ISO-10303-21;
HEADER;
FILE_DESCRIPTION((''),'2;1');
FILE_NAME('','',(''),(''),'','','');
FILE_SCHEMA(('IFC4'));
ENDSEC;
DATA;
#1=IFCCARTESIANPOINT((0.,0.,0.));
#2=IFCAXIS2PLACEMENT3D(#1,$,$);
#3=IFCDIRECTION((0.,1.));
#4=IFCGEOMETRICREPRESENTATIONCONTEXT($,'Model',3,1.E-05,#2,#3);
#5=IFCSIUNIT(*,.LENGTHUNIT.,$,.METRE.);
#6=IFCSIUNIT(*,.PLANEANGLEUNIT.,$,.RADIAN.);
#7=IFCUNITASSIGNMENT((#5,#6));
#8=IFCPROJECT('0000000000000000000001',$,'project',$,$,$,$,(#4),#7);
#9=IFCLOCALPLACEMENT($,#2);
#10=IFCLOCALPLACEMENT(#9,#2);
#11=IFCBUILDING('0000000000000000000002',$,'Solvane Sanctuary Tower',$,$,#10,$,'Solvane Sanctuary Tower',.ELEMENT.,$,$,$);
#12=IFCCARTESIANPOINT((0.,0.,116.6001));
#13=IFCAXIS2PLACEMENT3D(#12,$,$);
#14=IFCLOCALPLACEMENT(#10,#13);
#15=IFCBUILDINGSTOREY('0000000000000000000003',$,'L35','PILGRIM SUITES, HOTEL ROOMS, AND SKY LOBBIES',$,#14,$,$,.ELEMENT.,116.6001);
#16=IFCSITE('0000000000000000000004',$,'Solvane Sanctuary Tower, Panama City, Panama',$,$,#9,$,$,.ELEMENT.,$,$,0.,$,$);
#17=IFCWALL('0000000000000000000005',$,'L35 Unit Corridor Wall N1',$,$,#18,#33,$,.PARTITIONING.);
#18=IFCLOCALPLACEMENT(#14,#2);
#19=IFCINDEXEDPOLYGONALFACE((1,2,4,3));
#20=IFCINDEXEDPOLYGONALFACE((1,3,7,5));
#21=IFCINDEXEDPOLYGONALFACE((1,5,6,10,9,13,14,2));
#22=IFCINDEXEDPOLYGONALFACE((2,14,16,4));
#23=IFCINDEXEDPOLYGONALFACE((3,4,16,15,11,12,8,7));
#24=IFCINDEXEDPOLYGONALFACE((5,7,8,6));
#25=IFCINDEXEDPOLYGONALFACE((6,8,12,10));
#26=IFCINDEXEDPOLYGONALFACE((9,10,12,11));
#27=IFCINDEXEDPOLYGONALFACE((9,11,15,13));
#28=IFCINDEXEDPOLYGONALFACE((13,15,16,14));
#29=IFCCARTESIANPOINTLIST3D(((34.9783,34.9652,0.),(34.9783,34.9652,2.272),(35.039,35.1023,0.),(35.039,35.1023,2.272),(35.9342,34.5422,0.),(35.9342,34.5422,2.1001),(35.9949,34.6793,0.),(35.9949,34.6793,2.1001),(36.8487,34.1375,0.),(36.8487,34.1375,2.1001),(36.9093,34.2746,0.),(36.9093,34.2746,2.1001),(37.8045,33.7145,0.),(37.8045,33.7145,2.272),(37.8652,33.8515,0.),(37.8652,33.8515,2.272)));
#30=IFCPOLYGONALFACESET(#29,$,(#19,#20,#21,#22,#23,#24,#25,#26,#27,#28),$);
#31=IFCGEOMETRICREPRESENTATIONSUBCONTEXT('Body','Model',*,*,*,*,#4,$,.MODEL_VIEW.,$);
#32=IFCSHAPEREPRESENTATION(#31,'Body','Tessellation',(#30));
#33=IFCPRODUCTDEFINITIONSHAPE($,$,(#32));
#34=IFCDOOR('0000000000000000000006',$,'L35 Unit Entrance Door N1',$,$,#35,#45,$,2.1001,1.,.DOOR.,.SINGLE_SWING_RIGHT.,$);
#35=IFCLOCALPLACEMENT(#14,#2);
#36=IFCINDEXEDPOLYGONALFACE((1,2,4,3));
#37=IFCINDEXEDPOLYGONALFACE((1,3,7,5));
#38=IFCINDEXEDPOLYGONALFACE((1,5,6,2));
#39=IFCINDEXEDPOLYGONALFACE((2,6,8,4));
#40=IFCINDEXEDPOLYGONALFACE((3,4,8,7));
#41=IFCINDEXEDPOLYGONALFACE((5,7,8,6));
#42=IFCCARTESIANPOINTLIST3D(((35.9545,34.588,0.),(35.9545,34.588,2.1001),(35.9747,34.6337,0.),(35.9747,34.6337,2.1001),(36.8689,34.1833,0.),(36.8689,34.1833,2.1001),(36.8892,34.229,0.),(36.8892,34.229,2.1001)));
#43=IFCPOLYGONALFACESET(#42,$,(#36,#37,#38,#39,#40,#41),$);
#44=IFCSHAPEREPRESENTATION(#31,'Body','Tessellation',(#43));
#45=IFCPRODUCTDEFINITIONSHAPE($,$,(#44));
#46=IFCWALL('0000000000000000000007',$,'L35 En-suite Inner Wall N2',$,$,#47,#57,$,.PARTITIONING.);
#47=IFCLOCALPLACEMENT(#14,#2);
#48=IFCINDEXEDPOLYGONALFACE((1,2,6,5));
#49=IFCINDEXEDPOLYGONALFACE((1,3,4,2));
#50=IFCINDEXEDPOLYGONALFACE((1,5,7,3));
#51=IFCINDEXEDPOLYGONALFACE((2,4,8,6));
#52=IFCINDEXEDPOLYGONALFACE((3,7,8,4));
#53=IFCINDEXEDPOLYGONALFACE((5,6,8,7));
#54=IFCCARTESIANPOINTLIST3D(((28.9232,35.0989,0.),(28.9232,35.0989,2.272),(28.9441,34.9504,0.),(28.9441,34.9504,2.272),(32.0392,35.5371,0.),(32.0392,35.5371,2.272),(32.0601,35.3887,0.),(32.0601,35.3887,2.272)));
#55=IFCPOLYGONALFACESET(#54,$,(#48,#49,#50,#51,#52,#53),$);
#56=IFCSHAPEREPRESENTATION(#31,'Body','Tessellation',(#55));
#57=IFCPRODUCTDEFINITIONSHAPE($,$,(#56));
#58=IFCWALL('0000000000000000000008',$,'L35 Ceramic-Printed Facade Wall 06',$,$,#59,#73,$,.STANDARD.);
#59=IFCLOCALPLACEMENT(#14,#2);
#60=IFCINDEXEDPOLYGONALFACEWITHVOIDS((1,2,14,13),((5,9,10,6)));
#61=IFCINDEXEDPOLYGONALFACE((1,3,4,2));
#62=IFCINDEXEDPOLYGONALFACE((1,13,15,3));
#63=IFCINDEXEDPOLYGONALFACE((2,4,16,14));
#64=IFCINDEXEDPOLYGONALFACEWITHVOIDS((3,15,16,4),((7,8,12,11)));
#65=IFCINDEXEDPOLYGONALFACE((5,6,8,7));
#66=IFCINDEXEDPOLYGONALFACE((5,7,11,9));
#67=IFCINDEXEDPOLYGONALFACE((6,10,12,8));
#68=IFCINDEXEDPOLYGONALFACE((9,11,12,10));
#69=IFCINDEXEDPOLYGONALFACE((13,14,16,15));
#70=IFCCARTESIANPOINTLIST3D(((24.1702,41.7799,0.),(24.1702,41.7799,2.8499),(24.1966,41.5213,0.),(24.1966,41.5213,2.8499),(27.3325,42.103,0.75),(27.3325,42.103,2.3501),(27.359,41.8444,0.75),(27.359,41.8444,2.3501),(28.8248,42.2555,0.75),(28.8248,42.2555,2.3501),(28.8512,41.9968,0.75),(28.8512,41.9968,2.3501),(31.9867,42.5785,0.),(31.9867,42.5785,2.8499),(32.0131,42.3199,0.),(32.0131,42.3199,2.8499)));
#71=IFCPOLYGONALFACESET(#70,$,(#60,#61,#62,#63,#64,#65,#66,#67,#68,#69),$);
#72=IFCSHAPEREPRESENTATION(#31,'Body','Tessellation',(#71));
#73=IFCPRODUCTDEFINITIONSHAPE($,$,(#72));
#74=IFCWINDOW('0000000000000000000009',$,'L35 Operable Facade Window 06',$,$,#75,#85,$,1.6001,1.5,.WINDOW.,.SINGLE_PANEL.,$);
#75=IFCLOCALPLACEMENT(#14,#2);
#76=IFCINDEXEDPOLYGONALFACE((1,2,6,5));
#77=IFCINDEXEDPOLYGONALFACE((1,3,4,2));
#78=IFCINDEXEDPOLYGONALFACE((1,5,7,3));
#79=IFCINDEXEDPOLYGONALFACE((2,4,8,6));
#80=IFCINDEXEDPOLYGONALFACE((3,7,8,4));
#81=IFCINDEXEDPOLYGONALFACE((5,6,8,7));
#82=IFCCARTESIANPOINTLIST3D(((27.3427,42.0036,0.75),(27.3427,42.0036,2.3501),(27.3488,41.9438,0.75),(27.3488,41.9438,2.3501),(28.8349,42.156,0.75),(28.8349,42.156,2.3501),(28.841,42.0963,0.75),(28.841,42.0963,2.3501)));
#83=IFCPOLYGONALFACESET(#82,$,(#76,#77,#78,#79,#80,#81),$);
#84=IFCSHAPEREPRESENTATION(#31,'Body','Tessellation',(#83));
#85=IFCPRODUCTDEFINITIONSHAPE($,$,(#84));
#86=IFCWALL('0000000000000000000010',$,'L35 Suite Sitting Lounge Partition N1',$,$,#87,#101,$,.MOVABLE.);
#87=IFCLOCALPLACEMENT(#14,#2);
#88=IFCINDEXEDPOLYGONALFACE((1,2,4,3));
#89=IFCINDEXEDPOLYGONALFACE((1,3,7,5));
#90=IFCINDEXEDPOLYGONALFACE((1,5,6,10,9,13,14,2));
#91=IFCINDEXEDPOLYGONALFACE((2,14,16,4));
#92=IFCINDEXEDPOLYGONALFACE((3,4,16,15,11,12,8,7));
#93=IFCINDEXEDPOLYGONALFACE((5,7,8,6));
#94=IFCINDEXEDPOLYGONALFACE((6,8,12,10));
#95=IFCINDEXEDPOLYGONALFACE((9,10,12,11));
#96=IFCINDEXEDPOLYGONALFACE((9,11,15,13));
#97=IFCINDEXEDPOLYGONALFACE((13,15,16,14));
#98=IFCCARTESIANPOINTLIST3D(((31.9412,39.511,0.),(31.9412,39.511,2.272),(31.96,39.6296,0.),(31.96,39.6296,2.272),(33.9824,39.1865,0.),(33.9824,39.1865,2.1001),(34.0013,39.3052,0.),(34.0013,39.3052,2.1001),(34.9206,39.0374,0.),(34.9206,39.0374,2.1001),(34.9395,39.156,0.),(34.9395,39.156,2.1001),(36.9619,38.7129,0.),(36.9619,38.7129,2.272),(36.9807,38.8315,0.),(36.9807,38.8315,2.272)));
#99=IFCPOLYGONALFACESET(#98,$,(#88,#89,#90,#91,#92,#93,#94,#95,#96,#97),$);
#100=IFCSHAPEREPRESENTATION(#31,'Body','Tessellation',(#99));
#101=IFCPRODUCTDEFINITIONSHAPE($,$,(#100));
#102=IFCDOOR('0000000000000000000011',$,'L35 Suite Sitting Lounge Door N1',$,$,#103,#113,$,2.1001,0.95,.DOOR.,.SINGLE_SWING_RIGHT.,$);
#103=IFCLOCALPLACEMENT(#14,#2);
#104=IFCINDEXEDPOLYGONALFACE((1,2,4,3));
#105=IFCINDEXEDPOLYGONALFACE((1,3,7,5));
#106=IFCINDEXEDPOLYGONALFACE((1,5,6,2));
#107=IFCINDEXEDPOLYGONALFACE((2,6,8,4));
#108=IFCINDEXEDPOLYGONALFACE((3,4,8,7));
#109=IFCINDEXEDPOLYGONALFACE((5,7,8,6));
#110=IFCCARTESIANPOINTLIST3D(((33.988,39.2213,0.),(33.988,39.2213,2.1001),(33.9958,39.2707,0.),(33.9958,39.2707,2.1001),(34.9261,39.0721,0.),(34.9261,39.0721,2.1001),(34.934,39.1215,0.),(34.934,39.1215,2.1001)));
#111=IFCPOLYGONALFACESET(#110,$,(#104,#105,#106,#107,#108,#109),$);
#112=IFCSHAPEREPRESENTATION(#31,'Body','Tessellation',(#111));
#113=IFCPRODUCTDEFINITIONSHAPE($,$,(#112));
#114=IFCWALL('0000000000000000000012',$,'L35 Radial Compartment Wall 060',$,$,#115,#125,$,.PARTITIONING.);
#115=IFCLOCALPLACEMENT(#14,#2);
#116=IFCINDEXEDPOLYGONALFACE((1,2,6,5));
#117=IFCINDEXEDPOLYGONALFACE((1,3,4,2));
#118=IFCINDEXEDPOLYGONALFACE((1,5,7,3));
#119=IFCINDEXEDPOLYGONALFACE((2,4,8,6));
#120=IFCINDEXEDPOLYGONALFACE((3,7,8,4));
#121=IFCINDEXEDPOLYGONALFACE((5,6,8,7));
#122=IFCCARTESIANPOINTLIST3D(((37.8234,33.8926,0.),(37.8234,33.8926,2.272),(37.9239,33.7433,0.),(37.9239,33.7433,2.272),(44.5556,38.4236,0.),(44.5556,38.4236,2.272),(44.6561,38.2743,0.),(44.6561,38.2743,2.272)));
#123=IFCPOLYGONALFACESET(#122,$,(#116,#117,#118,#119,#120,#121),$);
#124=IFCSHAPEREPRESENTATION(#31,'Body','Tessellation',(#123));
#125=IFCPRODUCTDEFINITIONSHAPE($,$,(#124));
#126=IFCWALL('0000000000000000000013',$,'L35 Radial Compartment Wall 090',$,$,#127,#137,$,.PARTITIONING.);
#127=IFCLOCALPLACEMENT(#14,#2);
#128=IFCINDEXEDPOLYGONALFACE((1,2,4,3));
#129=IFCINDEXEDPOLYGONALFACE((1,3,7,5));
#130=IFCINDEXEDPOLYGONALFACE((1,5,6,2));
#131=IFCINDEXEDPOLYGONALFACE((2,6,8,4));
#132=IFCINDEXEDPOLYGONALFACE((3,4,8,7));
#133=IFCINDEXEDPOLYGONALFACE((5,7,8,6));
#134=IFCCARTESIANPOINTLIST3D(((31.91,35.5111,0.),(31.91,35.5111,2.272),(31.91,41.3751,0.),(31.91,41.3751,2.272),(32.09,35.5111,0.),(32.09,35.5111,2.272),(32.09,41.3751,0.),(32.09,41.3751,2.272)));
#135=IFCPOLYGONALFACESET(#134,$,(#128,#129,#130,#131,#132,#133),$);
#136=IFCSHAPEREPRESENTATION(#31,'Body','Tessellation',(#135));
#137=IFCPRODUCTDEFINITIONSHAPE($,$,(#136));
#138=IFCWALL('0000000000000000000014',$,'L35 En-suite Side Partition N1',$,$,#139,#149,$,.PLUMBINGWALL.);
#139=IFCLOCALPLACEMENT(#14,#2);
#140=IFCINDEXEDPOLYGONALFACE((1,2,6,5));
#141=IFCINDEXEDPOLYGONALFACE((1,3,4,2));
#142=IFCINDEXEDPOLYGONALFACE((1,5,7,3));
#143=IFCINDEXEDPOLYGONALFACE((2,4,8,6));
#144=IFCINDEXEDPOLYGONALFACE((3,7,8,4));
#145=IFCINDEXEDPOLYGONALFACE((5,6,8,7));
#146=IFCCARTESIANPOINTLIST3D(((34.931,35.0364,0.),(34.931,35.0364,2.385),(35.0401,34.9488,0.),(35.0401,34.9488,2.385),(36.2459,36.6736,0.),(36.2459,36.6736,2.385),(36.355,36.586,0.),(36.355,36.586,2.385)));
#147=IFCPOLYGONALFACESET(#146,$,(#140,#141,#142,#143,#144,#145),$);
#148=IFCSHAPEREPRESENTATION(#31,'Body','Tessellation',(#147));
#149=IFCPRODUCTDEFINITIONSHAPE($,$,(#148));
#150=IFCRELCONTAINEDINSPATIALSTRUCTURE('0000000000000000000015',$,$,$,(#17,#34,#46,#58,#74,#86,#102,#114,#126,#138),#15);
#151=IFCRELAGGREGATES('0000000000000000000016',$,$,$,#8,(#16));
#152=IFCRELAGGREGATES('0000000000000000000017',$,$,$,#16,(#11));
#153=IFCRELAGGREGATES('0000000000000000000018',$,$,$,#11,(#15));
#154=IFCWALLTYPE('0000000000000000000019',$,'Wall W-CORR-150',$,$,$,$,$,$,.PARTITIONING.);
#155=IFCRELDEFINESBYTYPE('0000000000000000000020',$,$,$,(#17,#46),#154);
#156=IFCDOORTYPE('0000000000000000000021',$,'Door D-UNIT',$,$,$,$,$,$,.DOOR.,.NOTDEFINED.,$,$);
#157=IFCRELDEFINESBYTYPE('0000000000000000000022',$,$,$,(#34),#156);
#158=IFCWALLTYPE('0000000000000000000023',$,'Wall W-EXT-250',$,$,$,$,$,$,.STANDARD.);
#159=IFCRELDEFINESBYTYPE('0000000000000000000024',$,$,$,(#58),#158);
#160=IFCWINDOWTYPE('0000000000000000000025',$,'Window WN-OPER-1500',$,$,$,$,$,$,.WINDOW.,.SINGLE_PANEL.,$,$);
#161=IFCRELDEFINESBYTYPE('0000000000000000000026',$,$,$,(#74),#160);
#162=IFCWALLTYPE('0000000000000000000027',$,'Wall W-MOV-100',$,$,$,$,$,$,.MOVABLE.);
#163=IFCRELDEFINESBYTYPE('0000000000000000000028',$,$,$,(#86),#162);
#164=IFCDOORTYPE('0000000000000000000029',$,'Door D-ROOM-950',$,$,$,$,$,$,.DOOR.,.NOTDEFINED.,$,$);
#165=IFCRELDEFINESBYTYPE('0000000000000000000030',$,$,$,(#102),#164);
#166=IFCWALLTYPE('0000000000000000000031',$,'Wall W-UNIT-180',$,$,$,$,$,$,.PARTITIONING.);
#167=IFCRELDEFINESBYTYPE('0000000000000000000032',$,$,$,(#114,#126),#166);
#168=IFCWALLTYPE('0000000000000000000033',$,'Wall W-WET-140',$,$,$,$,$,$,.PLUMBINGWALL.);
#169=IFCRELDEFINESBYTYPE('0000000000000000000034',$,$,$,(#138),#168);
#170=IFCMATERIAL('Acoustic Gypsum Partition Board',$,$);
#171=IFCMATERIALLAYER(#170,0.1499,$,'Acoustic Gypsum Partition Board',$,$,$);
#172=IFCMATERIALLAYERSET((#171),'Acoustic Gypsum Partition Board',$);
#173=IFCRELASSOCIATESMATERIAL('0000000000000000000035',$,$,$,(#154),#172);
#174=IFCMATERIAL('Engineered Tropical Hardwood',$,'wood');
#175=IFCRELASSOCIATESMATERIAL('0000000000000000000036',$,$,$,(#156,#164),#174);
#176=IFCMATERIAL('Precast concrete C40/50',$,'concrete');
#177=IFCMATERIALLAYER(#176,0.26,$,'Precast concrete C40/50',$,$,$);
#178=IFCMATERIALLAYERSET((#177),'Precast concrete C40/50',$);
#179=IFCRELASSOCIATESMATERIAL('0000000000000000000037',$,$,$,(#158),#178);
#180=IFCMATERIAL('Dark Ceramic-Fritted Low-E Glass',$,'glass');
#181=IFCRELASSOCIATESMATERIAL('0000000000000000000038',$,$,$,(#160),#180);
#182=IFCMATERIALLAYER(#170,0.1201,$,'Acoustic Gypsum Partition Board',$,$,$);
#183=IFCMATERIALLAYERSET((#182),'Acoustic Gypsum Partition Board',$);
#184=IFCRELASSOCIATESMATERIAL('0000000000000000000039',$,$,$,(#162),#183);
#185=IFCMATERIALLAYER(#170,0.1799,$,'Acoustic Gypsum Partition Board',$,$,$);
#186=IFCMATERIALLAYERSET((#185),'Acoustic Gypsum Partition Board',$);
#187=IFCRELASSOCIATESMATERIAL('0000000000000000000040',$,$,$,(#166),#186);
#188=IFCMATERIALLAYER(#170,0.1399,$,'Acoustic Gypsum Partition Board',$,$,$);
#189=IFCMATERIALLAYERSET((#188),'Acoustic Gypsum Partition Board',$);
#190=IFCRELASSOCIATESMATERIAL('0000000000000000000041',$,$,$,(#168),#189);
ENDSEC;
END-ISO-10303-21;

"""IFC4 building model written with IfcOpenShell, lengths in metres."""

from ifc_helpers import new_model, si_unit, direction, frame, frame_2d, origin, place, context, subcontext, project, spatial, rectangle, extrude, material, layer, layer_set, type_object, element, fill, save


model = new_model("IFC4")

# Units and contexts
model_context = context("Model", 3, precision=1e-05, world=origin(), true_north=direction((0.0, 1.0)))
body_context = subcontext(model_context, "Body", "Model", "MODEL_VIEW")
ifc_project = project(units=[si_unit("LENGTHUNIT", "METRE"), si_unit("PLANEANGLEUNIT", "RADIAN")], contexts=[model_context])

# Site, building, storey
site_placement = place(None, origin())
site = spatial("IfcSite", under=ifc_project, at=site_placement, Name="Solvane Sanctuary Tower, Panama City, Panama", CompositionType="ELEMENT", RefElevation=0.0)
building_placement = place(site_placement, origin())
building = spatial("IfcBuilding", under=site, at=building_placement, Name="Solvane Sanctuary Tower", LongName="Solvane Sanctuary Tower", CompositionType="ELEMENT")
storey_placement = place(building_placement, frame((0.0, 0.0, 116.6001)))
storey = spatial("IfcBuildingStorey", under=building, at=storey_placement, Name="L35", Description="PILGRIM SUITES, HOTEL ROOMS, AND SKY LOBBIES", CompositionType="ELEMENT", Elevation=116.6001)

# Shared definitions
ifc_material_1 = material(Name="Acoustic Gypsum Partition Board")
ifc_layer_1 = layer(ifc_material_1, 0.1499, Name="Acoustic Gypsum Partition Board")
ifc_layer_set_1 = layer_set([ifc_layer_1], Name="Acoustic Gypsum Partition Board")
wall_type_1 = type_object("IfcWallType", Name="Wall W-CORR-150", PredefinedType="PARTITIONING", material=ifc_layer_set_1)

# Shared definitions
ifc_material_2 = material(Name="Engineered Tropical Hardwood", Category="wood")

# Wall, opening, door
wall_1_placement = place(storey_placement, frame((37.835, 33.783, 0.0), z_axis=(0.0, 0.0, 1.0), x_axis=(-0.914452, 0.404694, 0.0)))
wall_1 = element("IfcWall", 1, at=wall_1_placement, inside=storey, type_object=wall_type_1, Name="L35 Unit Corridor Wall N1", PredefinedType="PARTITIONING", context=body_context, shape_type="SweptSolid", body=[
    extrude(rectangle(XDim=3.0906, YDim=0.1499, at=frame_2d((1.5454, 0.0))), origin(), (0.0, 0.0, 1.0), 2.272),
])
opening_1_placement = place(wall_1_placement, frame((1.0454, 0.0, 0.0)))
opening_1 = element("IfcOpeningElement", 2, at=opening_1_placement, cuts=wall_1, PredefinedType="OPENING", context=body_context, shape_type="SweptSolid", body=[
    extrude(rectangle(XDim=1.0, YDim=2.1001, at=frame_2d((0.5, 1.05))), frame((0.0, 0.085, 0.0), z_axis=(0.0, -1.0, 0.0), x_axis=(1.0, 0.0, 0.0)), (0.0, 0.0, 1.0), 0.1699),
])
door_type_1 = type_object("IfcDoorType", Name="Door D-UNIT", OperationType="NOTDEFINED", PredefinedType="DOOR", material=ifc_material_2)
door_1_placement = place(opening_1_placement, origin())
door_1 = element("IfcDoor", 3, at=door_1_placement, inside=storey, type_object=door_type_1, Name="L35 Unit Entrance Door N1", OperationType="SINGLE_SWING_RIGHT", OverallHeight=2.1001, OverallWidth=1.0, PredefinedType="DOOR", context=body_context, shape_type="SweptSolid", body=[
    extrude(rectangle(XDim=1.0, YDim=2.1001, at=frame_2d((0.5, 1.05))), frame((0.0, 0.0249, 0.0), z_axis=(0.0, -1.0, 0.0), x_axis=(1.0, 0.0, 0.0)), (0.0, 0.0, 1.0), 0.05),
])
fill(opening_1, door_1)

# Wall
wall_2_placement = place(storey_placement, frame((32.0496, 35.4629, 0.0), z_axis=(0.0, 0.0, 1.0), x_axis=(-0.990254, -0.13927, 0.0)))
element("IfcWall", 4, at=wall_2_placement, inside=storey, type_object=wall_type_1, Name="L35 En-suite Inner Wall N2", PredefinedType="PARTITIONING", context=body_context, shape_type="SweptSolid", body=[
    extrude(rectangle(XDim=3.1467, YDim=0.1499, at=frame_2d((1.5732, 0.0))), origin(), (0.0, 0.0, 1.0), 2.272),
])

# Wall, opening, window
ifc_material_3 = material(Name="Precast concrete C40/50", Category="concrete")
ifc_layer_2 = layer(ifc_material_3, 0.26, Name="Precast concrete C40/50")
ifc_layer_set_2 = layer_set([ifc_layer_2], Name="Precast concrete C40/50")
wall_type_2 = type_object("IfcWallType", Name="Wall W-EXT-250", PredefinedType="STANDARD", material=ifc_layer_set_2)
wall_3_placement = place(storey_placement, frame((32.0, 42.4492, 0.0), z_axis=(0.0, 0.0, 1.0), x_axis=(-0.994821, -0.101639, 0.0)))
wall_3 = element("IfcWall", 5, at=wall_3_placement, inside=storey, type_object=wall_type_2, Name="L35 Ceramic-Printed Facade Wall 06", PredefinedType="STANDARD", context=body_context, shape_type="SweptSolid", body=[
    extrude(rectangle(XDim=7.8572, YDim=0.26, at=frame_2d((3.9287, 0.0))), origin(), (0.0, 0.0, 1.0), 2.8499),
])
opening_2_placement = place(wall_3_placement, frame((3.1785, 0.0, 0.75)))
opening_2 = element("IfcOpeningElement", 6, at=opening_2_placement, cuts=wall_3, PredefinedType="OPENING", context=body_context, shape_type="SweptSolid", body=[
    extrude(rectangle(XDim=1.5, YDim=1.6001, at=frame_2d((0.75, 0.8))), frame((0.0, 0.1399, 0.0), z_axis=(0.0, -1.0, 0.0), x_axis=(1.0, 0.0, 0.0)), (0.0, 0.0, 1.0), 0.28),
])
ifc_material_4 = material(Name="Dark Ceramic-Fritted Low-E Glass", Category="glass")
window_type = type_object("IfcWindowType", Name="Window WN-OPER-1500", PartitioningType="SINGLE_PANEL", PredefinedType="WINDOW", material=ifc_material_4)
window_placement = place(opening_2_placement, origin())
window = element("IfcWindow", 7, at=window_placement, inside=storey, type_object=window_type, Name="L35 Operable Facade Window 06", OverallHeight=1.6001, OverallWidth=1.5, PartitioningType="SINGLE_PANEL", PredefinedType="WINDOW", context=body_context, shape_type="SweptSolid", body=[
    extrude(rectangle(XDim=1.5, YDim=1.6001, at=frame_2d((0.75, 0.8))), frame((0.0, 0.03, 0.0), z_axis=(0.0, -1.0, 0.0), x_axis=(1.0, 0.0, 0.0)), (0.0, 0.0, 1.0), 0.0601),
])
fill(opening_2, window)

# Wall, opening, door
ifc_layer_3 = layer(ifc_material_1, 0.1201, Name="Acoustic Gypsum Partition Board")
ifc_layer_set_3 = layer_set([ifc_layer_3], Name="Acoustic Gypsum Partition Board")
wall_type_3 = type_object("IfcWallType", Name="Wall W-MOV-100", PredefinedType="MOVABLE", material=ifc_layer_set_3)
wall_4_placement = place(storey_placement, frame((36.9714, 38.7722, 0.0), z_axis=(0.0, 0.0, 1.0), x_axis=(-0.9876, 0.156988, 0.0)))
wall_4 = element("IfcWall", 8, at=wall_4_placement, inside=storey, type_object=wall_type_3, Name="L35 Suite Sitting Lounge Partition N1", PredefinedType="MOVABLE", context=body_context, shape_type="SweptSolid", body=[
    extrude(rectangle(XDim=5.0837, YDim=0.1201, at=frame_2d((2.542, 0.0))), origin(), (0.0, 0.0, 1.0), 2.272),
])
opening_3_placement = place(wall_4_placement, frame((2.0669, 0.0, 0.0)))
opening_3 = element("IfcOpeningElement", 9, at=opening_3_placement, cuts=wall_4, PredefinedType="OPENING", context=body_context, shape_type="SweptSolid", body=[
    extrude(rectangle(XDim=0.95, YDim=2.1001, at=frame_2d((0.4751, 1.05))), frame((0.0, 0.0701, 0.0), z_axis=(0.0, -1.0, 0.0), x_axis=(1.0, 0.0, 0.0)), (0.0, 0.0, 1.0), 0.1401),
])
door_type_2 = type_object("IfcDoorType", Name="Door D-ROOM-950", OperationType="NOTDEFINED", PredefinedType="DOOR", material=ifc_material_2)
door_2_placement = place(opening_3_placement, origin())
door_2 = element("IfcDoor", 10, at=door_2_placement, inside=storey, type_object=door_type_2, Name="L35 Suite Sitting Lounge Door N1", OperationType="SINGLE_SWING_RIGHT", OverallHeight=2.1001, OverallWidth=0.95, PredefinedType="DOOR", context=body_context, shape_type="SweptSolid", body=[
    extrude(rectangle(XDim=0.95, YDim=2.1001, at=frame_2d((0.4751, 1.05))), frame((0.0, 0.0249, 0.0), z_axis=(0.0, -1.0, 0.0), x_axis=(1.0, 0.0, 0.0)), (0.0, 0.0, 1.0), 0.05),
])
fill(opening_3, door_2)

# Walls
ifc_layer_4 = layer(ifc_material_1, 0.1799, Name="Acoustic Gypsum Partition Board")
ifc_layer_set_4 = layer_set([ifc_layer_4], Name="Acoustic Gypsum Partition Board")
wall_type_4 = type_object("IfcWallType", Name="Wall W-UNIT-180", PredefinedType="PARTITIONING", material=ifc_layer_set_4)
wall_5_placement = place(storey_placement, frame((37.8735, 33.8179, 0.0), z_axis=(0.0, 0.0, 1.0), x_axis=(0.829603, 0.558354, 0.0)))
element("IfcWall", 11, at=wall_5_placement, inside=storey, type_object=wall_type_4, Name="L35 Radial Compartment Wall 060", PredefinedType="PARTITIONING", context=body_context, shape_type="SweptSolid", body=[
    extrude(rectangle(XDim=8.115, YDim=0.1799, at=frame_2d((4.0576, 0.0))), origin(), (0.0, 0.0, 1.0), 2.272),
])
wall_6_placement = place(storey_placement, frame((32.0, 35.511, 0.0), z_axis=(0.0, 0.0, 1.0), x_axis=(0.0, 1.0, 0.0)))
element("IfcWall", 12, at=wall_6_placement, inside=storey, type_object=wall_type_4, Name="L35 Radial Compartment Wall 090", PredefinedType="PARTITIONING", context=body_context, shape_type="SweptSolid", body=[
    extrude(rectangle(XDim=5.864, YDim=0.1799, at=frame_2d((2.9321, 0.0))), origin(), (0.0, 0.0, 1.0), 2.272),
])
ifc_layer_5 = layer(ifc_material_1, 0.1399, Name="Acoustic Gypsum Partition Board")
ifc_layer_set_5 = layer_set([ifc_layer_5], Name="Acoustic Gypsum Partition Board")
wall_type_5 = type_object("IfcWallType", Name="Wall W-WET-140", PredefinedType="PLUMBINGWALL", material=ifc_layer_set_5)
wall_7_placement = place(storey_placement, frame((34.9856, 34.9927, 0.0), z_axis=(0.0, 0.0, 1.0), x_axis=(0.626197, 0.779665, 0.0)))
element("IfcWall", 13, at=wall_7_placement, inside=storey, type_object=wall_type_5, Name="L35 En-suite Side Partition N1", PredefinedType="PLUMBINGWALL", context=body_context, shape_type="SweptSolid", body=[
    extrude(rectangle(XDim=2.0999, YDim=0.1399, at=frame_2d((1.0498, 0.0))), origin(), (0.0, 0.0, 1.0), 2.385),
])

save(model, "model.ifc")
